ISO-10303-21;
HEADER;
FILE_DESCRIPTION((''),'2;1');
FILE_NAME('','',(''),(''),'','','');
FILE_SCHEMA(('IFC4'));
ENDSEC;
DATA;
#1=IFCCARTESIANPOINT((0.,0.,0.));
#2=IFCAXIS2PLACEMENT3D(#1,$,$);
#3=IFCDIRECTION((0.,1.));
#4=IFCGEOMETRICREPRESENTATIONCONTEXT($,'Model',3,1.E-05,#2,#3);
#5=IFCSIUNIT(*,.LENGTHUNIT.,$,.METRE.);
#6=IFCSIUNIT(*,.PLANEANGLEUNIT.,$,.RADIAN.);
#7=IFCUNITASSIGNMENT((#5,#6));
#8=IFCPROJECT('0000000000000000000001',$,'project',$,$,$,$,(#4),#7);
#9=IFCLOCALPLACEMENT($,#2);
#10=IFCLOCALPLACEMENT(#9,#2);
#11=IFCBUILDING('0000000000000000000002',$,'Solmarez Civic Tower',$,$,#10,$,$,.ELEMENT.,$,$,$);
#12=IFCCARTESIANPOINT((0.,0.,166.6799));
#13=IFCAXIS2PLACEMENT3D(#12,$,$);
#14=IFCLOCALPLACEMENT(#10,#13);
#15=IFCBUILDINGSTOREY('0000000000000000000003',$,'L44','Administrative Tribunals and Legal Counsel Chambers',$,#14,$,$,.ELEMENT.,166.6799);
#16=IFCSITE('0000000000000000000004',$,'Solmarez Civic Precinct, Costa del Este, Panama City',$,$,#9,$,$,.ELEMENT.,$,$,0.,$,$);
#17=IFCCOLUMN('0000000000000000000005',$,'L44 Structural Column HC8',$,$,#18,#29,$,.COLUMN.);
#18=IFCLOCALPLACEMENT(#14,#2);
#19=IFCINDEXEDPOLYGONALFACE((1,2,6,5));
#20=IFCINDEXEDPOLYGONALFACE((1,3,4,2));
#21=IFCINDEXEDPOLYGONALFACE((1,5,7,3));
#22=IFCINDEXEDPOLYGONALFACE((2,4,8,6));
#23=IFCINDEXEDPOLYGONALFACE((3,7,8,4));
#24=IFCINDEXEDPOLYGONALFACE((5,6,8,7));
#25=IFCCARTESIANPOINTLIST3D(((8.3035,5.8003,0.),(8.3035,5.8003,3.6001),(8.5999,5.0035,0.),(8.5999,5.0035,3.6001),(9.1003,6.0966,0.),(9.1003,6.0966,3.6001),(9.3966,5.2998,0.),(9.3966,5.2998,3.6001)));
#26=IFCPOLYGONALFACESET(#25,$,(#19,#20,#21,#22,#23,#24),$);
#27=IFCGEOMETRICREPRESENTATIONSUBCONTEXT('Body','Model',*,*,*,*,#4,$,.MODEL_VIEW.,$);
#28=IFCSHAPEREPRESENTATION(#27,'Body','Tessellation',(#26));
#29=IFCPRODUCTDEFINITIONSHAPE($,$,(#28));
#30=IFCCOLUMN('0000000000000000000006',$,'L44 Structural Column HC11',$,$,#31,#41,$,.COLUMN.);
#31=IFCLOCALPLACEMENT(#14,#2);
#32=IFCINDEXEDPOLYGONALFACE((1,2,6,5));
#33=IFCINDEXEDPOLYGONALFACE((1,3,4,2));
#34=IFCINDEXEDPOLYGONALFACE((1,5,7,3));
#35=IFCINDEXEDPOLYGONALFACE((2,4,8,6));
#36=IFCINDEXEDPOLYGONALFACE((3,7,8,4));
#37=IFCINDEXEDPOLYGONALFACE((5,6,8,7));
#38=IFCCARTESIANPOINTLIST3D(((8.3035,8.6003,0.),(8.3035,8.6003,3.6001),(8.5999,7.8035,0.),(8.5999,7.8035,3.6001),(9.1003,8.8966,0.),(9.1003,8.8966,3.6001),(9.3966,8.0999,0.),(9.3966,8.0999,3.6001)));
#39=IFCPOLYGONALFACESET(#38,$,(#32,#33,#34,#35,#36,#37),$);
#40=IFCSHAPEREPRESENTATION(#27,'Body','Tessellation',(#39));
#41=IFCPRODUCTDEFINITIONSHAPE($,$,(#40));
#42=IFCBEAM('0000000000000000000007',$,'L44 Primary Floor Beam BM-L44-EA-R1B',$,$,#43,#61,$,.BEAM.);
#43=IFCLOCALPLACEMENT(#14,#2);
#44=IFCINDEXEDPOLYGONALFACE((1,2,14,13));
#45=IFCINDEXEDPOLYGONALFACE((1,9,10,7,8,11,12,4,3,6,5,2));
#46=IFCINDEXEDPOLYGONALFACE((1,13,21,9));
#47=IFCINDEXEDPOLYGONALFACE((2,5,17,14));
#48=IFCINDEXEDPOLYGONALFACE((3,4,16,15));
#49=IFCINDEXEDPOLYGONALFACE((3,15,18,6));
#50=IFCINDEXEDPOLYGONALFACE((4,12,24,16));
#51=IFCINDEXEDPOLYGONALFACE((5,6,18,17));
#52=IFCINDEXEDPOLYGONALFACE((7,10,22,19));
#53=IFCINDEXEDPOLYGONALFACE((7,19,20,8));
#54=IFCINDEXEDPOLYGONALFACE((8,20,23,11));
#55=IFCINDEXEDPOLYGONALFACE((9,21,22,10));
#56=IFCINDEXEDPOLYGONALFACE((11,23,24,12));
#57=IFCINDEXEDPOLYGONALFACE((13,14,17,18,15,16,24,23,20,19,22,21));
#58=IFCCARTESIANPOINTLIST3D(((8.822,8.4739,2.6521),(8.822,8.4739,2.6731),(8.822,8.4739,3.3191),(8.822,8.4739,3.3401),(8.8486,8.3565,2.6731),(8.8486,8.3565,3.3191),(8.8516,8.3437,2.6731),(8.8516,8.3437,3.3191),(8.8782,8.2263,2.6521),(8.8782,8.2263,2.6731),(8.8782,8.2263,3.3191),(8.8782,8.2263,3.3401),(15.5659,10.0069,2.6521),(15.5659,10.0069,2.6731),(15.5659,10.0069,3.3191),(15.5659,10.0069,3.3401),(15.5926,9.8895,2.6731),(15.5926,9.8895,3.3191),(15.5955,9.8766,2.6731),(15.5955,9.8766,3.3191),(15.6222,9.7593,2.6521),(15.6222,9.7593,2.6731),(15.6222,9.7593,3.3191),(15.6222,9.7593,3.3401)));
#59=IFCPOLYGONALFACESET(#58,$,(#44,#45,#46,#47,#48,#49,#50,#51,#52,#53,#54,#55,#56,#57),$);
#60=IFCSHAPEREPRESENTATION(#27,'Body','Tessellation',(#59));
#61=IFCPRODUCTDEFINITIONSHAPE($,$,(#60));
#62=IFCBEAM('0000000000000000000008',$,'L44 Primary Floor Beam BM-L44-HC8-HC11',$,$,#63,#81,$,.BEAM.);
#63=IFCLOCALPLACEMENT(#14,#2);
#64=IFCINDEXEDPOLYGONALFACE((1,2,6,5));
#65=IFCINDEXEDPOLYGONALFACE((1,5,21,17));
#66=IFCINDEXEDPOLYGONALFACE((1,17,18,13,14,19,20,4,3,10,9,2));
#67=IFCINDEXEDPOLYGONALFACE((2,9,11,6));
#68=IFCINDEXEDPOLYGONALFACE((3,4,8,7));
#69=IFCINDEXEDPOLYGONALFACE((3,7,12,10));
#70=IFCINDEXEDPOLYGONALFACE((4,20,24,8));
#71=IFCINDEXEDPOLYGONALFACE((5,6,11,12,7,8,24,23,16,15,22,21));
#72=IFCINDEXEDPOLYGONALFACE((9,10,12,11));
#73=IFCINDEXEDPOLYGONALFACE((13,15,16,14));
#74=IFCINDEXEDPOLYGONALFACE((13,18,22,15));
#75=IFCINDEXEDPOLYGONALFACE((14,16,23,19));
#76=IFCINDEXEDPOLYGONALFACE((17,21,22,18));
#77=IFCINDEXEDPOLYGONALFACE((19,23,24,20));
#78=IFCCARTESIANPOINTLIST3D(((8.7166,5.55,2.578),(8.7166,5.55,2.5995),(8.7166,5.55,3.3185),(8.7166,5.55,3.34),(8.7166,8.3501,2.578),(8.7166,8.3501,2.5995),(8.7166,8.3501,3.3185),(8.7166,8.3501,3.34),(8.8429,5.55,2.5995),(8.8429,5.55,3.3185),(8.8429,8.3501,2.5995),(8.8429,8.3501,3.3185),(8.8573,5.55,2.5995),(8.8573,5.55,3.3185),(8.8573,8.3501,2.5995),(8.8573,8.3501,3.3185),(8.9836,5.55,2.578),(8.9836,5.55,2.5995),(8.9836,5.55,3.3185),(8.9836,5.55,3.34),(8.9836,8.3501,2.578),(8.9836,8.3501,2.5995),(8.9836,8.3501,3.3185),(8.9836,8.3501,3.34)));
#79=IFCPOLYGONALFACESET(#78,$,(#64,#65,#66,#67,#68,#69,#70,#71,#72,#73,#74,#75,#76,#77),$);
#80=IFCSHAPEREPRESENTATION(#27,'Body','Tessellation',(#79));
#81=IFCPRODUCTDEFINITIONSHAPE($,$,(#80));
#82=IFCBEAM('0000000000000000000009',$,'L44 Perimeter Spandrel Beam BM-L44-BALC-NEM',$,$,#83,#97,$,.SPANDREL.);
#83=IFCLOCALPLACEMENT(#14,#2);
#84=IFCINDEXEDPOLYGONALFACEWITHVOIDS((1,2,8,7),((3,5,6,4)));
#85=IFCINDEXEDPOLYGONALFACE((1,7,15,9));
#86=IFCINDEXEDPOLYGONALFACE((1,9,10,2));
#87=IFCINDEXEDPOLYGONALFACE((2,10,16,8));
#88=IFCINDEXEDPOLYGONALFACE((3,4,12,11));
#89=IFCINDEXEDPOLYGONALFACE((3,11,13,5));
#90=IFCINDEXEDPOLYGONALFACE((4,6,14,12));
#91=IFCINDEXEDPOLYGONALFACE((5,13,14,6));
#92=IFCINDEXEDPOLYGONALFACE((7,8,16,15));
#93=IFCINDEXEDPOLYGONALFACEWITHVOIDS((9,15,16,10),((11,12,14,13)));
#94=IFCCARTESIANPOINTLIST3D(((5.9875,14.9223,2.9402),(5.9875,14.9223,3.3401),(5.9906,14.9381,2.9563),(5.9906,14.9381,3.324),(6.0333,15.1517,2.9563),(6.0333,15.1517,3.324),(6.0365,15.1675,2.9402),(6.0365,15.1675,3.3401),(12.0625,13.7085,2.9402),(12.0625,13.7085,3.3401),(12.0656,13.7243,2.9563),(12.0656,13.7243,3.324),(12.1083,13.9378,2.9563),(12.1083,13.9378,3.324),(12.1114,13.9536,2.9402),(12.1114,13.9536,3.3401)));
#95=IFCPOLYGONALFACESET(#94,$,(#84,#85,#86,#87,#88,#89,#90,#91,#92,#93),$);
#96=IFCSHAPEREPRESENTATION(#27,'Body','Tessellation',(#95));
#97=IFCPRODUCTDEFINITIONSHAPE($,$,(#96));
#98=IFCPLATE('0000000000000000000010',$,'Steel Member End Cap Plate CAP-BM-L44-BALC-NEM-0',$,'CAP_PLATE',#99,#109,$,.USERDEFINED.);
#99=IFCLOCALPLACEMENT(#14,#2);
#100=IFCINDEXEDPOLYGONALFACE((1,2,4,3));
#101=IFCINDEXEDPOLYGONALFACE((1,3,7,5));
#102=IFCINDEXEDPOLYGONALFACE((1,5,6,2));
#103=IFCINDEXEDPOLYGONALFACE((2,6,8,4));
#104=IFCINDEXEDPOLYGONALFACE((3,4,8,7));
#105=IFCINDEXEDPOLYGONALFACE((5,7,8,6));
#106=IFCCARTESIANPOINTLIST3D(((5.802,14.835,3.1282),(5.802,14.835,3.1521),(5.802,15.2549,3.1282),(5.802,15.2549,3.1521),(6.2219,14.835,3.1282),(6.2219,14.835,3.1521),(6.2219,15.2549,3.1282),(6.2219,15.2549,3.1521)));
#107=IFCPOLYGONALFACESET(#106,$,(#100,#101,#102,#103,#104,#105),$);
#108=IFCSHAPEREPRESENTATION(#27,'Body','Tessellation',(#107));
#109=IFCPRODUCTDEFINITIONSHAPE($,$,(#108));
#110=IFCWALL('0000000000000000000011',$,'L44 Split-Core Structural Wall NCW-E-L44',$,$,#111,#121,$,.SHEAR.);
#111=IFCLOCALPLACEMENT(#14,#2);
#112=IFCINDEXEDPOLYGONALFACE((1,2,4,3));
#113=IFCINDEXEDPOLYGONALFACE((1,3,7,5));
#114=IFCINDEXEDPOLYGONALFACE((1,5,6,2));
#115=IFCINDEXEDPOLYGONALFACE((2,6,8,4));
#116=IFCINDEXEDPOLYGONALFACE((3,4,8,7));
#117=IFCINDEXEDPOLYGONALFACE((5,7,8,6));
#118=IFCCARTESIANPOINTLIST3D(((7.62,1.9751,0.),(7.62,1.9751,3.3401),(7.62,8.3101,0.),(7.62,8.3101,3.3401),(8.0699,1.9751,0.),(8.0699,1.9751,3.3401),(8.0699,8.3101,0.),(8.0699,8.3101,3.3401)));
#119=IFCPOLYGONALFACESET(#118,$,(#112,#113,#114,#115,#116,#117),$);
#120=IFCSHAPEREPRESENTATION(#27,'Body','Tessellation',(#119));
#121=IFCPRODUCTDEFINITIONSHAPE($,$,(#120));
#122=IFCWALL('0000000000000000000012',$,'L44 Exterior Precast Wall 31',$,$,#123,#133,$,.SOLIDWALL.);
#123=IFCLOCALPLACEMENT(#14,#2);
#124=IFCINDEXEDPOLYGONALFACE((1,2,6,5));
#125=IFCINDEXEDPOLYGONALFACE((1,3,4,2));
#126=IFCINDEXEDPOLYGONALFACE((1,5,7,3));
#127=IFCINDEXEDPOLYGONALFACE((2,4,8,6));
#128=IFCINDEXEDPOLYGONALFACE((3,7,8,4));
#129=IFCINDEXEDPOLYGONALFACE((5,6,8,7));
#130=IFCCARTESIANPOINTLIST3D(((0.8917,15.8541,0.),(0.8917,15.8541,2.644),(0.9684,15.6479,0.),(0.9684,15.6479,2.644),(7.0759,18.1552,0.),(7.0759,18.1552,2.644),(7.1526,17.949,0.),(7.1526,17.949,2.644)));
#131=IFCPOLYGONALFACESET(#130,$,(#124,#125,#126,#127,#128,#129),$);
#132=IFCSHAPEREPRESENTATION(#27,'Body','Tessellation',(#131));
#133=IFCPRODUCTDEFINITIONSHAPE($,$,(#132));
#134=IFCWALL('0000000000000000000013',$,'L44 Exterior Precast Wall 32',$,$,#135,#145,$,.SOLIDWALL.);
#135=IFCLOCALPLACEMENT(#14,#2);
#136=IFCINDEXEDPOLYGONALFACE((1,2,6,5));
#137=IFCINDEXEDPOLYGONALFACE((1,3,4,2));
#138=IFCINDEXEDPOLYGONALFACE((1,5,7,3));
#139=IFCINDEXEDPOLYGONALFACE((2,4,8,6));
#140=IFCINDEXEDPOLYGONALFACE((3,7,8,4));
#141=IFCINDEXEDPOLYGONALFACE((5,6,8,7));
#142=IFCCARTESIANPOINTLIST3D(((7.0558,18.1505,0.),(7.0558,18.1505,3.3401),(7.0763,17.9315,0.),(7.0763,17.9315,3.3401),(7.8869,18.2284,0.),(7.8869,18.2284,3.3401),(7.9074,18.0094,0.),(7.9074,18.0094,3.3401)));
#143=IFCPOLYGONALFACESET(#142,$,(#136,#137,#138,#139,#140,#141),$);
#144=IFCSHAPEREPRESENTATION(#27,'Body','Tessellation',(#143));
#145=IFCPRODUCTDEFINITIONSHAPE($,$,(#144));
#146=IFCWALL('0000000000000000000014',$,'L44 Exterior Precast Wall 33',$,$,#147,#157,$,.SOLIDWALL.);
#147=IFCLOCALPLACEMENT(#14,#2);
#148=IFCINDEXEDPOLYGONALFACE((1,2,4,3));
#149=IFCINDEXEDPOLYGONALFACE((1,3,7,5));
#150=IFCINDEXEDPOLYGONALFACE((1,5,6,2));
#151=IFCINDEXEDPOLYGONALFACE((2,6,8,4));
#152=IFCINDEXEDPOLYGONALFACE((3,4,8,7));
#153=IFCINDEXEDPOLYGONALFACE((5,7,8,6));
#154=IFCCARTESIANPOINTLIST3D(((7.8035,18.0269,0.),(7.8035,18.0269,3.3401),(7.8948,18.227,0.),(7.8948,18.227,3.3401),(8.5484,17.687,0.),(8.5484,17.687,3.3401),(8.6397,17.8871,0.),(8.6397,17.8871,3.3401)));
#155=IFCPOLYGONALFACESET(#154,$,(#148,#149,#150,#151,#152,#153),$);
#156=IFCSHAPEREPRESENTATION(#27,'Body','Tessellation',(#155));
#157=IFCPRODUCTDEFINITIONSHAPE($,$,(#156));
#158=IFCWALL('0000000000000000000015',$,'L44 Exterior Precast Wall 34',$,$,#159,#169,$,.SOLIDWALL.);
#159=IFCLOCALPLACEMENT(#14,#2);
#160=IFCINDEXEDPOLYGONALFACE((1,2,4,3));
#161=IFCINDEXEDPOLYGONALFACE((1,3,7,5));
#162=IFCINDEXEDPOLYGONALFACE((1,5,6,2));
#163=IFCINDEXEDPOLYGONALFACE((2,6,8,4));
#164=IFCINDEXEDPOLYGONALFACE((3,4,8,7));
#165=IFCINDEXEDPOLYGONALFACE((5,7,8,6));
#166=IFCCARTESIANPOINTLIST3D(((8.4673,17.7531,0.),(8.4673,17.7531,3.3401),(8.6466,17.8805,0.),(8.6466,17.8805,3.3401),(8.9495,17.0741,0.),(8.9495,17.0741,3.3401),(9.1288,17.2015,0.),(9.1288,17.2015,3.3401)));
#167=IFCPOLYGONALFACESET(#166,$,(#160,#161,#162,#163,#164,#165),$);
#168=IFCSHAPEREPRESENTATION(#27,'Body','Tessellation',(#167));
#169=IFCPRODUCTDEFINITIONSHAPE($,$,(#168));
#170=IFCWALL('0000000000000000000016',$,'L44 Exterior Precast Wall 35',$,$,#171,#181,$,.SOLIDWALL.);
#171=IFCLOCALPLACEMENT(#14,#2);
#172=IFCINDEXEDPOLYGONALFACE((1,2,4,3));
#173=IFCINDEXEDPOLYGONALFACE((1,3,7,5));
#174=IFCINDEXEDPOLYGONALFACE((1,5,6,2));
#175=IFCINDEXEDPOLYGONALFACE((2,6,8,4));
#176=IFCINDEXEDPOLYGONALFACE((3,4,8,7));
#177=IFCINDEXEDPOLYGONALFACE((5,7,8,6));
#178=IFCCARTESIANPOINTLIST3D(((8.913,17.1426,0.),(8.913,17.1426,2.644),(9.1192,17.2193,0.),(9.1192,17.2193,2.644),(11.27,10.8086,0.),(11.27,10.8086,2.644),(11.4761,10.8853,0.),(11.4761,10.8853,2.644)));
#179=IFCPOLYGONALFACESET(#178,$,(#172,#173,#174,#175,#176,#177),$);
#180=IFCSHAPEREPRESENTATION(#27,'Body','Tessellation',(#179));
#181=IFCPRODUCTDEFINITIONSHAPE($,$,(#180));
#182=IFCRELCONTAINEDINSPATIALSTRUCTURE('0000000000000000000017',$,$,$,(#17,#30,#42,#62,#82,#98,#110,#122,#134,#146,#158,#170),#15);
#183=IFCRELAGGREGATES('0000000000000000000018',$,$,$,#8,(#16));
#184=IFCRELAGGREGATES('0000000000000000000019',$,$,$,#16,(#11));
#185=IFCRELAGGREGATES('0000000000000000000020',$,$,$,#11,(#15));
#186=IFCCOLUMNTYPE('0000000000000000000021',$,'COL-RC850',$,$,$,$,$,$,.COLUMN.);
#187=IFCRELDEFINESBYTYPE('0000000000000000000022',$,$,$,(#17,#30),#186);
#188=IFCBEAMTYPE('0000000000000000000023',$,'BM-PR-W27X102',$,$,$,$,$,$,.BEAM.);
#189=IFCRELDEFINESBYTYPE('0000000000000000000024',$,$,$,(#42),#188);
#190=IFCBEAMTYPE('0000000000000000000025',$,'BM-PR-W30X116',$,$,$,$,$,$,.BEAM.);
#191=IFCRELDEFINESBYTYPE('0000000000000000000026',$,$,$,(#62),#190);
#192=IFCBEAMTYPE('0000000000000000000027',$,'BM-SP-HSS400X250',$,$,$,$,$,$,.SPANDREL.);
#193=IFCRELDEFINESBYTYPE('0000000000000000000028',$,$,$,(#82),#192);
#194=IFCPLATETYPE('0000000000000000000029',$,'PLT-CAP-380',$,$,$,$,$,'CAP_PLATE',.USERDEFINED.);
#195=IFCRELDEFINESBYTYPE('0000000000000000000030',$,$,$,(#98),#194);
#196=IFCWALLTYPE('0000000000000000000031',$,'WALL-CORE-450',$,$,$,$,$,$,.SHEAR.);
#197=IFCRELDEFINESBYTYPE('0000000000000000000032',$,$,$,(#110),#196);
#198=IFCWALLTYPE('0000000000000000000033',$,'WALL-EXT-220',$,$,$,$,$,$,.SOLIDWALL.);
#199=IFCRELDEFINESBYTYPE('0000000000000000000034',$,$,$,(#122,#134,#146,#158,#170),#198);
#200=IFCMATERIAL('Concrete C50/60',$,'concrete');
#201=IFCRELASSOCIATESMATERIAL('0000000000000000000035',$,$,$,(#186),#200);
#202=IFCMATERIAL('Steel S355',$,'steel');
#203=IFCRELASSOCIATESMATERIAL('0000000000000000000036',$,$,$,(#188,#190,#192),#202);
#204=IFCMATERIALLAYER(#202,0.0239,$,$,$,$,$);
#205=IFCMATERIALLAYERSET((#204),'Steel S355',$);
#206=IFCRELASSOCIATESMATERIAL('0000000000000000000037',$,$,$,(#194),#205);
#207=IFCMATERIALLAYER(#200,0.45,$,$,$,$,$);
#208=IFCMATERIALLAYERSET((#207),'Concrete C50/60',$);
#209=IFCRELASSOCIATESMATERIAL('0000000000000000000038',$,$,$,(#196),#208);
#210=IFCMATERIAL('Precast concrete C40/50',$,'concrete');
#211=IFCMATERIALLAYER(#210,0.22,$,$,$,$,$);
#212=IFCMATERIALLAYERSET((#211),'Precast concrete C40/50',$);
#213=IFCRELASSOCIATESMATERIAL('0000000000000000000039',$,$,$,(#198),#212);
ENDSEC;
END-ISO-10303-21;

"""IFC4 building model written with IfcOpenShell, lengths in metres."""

from ifc_helpers import new_model, si_unit, direction, frame, frame_2d, origin, origin_2d, place, context, subcontext, project, spatial, rectangle, hollow_rectangle, i_section, extrude, material, layer, layer_set, material_profile, profile_set, type_object, element, save


model = new_model("IFC4")

# Units and contexts
model_context = context("Model", 3, precision=1e-05, world=origin(), true_north=direction((0.0, 1.0)))
body_context = subcontext(model_context, "Body", "Model", "MODEL_VIEW")
ifc_project = project(units=[si_unit("LENGTHUNIT", "METRE"), si_unit("PLANEANGLEUNIT", "RADIAN")], contexts=[model_context])

# Site, building, storey
site_placement = place(None, origin())
site = spatial("IfcSite", under=ifc_project, at=site_placement, Name="Solmarez Civic Precinct, Costa del Este, Panama City", CompositionType="ELEMENT", RefElevation=0.0)
building_placement = place(site_placement, origin())
building = spatial("IfcBuilding", under=site, at=building_placement, Name="Solmarez Civic Tower", CompositionType="ELEMENT")
storey_placement = place(building_placement, frame((0.0, 0.0, 166.6799)))
storey = spatial("IfcBuildingStorey", under=building, at=storey_placement, Name="L44", Description="Administrative Tribunals and Legal Counsel Chambers", CompositionType="ELEMENT", Elevation=166.6799)

# Columns
ifc_material_1 = material(Name="Concrete C50/60", Category="concrete")
ifc_material_profile_1 = material_profile(ifc_material_1, rectangle(XDim=0.8501, YDim=0.8501, at=origin_2d()), Name="RC850X850")
ifc_profile_set_1 = profile_set([ifc_material_profile_1], Name="Concrete C50/60")
column_type = type_object("IfcColumnType", Name="COL-RC850", PredefinedType="COLUMN", material=ifc_profile_set_1)
for number, where, z_axis, x_axis, name in (
    (1, (8.8501, 5.55, 0.0), (0.0, 0.0, 1.0), (0.937282, 0.348572, 0.0), "L44 Structural Column HC8"),
    (2, (8.8501, 8.3501, 0.0), (0.0, 0.0, 1.0), (0.937282, 0.348572, 0.0), "L44 Structural Column HC11"),
):
    element("IfcColumn", number, at=place(storey_placement, frame(where, z_axis=z_axis, x_axis=x_axis)), inside=storey, type_object=column_type, Name=name, PredefinedType="COLUMN", context=body_context, shape_type="SweptSolid", body=[
        extrude(rectangle(XDim=0.8501, YDim=0.8501, at=origin_2d()), origin(), (0.0, 0.0, 1.0), 3.6001),
    ])

# Beams
ifc_material_2 = material(Name="Steel S355", Category="steel")
ifc_material_profile_2 = material_profile(ifc_material_2, i_section(OverallWidth=0.2539, OverallDepth=0.688, WebThickness=0.0132, FlangeThickness=0.021, at=origin_2d()), Name="W27X102")
ifc_profile_set_2 = profile_set([ifc_material_profile_2], Name="Steel S355")
beam_type_1 = type_object("IfcBeamType", Name="BM-PR-W27X102", PredefinedType="BEAM", material=ifc_profile_set_2)
beam_1_placement = place(storey_placement, frame((8.8501, 8.3501, 2.9961), z_axis=(0.975125, 0.221656, 0.0), x_axis=(-0.221656, 0.975125, 0.0)))
element("IfcBeam", 3, at=beam_1_placement, inside=storey, type_object=beam_type_1, Name="L44 Primary Floor Beam BM-L44-EA-R1B", PredefinedType="BEAM", context=body_context, shape_type="SweptSolid", body=[
    extrude(i_section(OverallWidth=0.2539, OverallDepth=0.688, WebThickness=0.0132, FlangeThickness=0.021, at=origin_2d()), origin(), (0.0, 0.0, 1.0), 6.916),
])
ifc_material_profile_3 = material_profile(ifc_material_2, i_section(OverallWidth=0.2671, OverallDepth=0.762, WebThickness=0.0144, FlangeThickness=0.0215, at=origin_2d()), Name="W30X116")
ifc_profile_set_3 = profile_set([ifc_material_profile_3], Name="Steel S355")
beam_type_2 = type_object("IfcBeamType", Name="BM-PR-W30X116", PredefinedType="BEAM", material=ifc_profile_set_3)
beam_2_placement = place(storey_placement, frame((8.8501, 5.55, 2.959), z_axis=(0.0, 1.0, 0.0), x_axis=(-1.0, 0.0, 0.0)))
element("IfcBeam", 4, at=beam_2_placement, inside=storey, type_object=beam_type_2, Name="L44 Primary Floor Beam BM-L44-HC8-HC11", PredefinedType="BEAM", context=body_context, shape_type="SweptSolid", body=[
    extrude(i_section(OverallWidth=0.2671, OverallDepth=0.762, WebThickness=0.0144, FlangeThickness=0.0215, at=origin_2d()), origin(), (0.0, 0.0, 1.0), 2.8),
])
ifc_material_profile_4 = material_profile(ifc_material_2, hollow_rectangle(XDim=0.25, YDim=0.3999, WallThickness=0.0161, at=origin_2d()), Name="HSS400X250X16")
ifc_profile_set_4 = profile_set([ifc_material_profile_4], Name="Steel S355")
beam_type_3 = type_object("IfcBeamType", Name="BM-SP-HSS400X250", PredefinedType="SPANDREL", material=ifc_profile_set_4)
beam_3_placement = place(storey_placement, frame((6.012, 15.0449, 3.1401), z_axis=(0.980616, -0.195942, 0.0), x_axis=(0.195942, 0.980616, 0.0)))
element("IfcBeam", 5, at=beam_3_placement, inside=storey, type_object=beam_type_3, Name="L44 Perimeter Spandrel Beam BM-L44-BALC-NEM", PredefinedType="SPANDREL", context=body_context, shape_type="SweptSolid", body=[
    extrude(hollow_rectangle(XDim=0.25, YDim=0.3999, WallThickness=0.0161, at=origin_2d()), origin(), (0.0, 0.0, 1.0), 6.1951),
])

# Plate
ifc_layer_1 = layer(ifc_material_2, 0.0239)
ifc_layer_set_1 = layer_set([ifc_layer_1], Name="Steel S355")
plate_type = type_object("IfcPlateType", Name="PLT-CAP-380", ElementType="CAP_PLATE", PredefinedType="USERDEFINED", material=ifc_layer_set_1)
plate_placement = place(storey_placement, frame((6.012, 15.0449, 3.1282), z_axis=(0.0, 0.0, 1.0), x_axis=(1.0, 0.0, 0.0)))
element("IfcPlate", 6, at=plate_placement, inside=storey, type_object=plate_type, Name="Steel Member End Cap Plate CAP-BM-L44-BALC-NEM-0", ObjectType="CAP_PLATE", PredefinedType="USERDEFINED", context=body_context, shape_type="SweptSolid", body=[
    extrude(rectangle(XDim=0.4199, YDim=0.4199, at=origin_2d()), origin(), (0.0, 0.0, 1.0), 0.0239),
])

# Walls
ifc_layer_2 = layer(ifc_material_1, 0.45)
ifc_layer_set_2 = layer_set([ifc_layer_2], Name="Concrete C50/60")
wall_type_1 = type_object("IfcWallType", Name="WALL-CORE-450", PredefinedType="SHEAR", material=ifc_layer_set_2)
wall_1_placement = place(storey_placement, frame((7.845, 8.3101, 0.0), z_axis=(0.0, 0.0, 1.0), x_axis=(0.0, -1.0, 0.0)))
element("IfcWall", 7, at=wall_1_placement, inside=storey, type_object=wall_type_1, Name="L44 Split-Core Structural Wall NCW-E-L44", PredefinedType="SHEAR", context=body_context, shape_type="SweptSolid", body=[
    extrude(rectangle(XDim=6.335, YDim=0.45, at=frame_2d((3.1675, 0.0))), origin(), (0.0, 0.0, 1.0), 3.3401),
])
ifc_material_3 = material(Name="Precast concrete C40/50", Category="concrete")
ifc_layer_3 = layer(ifc_material_3, 0.22)
ifc_layer_set_3 = layer_set([ifc_layer_3], Name="Precast concrete C40/50")
wall_type_2 = type_object("IfcWallType", Name="WALL-EXT-220", PredefinedType="SOLIDWALL", material=ifc_layer_set_3)
wall_2_placement = place(storey_placement, frame((0.9299, 15.751, 0.0), z_axis=(0.0, 0.0, 1.0), x_axis=(0.937223, 0.34873, 0.0)))
element("IfcWall", 8, at=wall_2_placement, inside=storey, type_object=wall_type_2, Name="L44 Exterior Precast Wall 31", PredefinedType="SOLIDWALL", context=body_context, shape_type="SweptSolid", body=[
    extrude(rectangle(XDim=6.5984, YDim=0.22, at=frame_2d((3.2993, 0.0))), origin(), (0.0, 0.0, 1.0), 2.644),
])
wall_3_placement = place(storey_placement, frame((7.0659, 18.041, 0.0), z_axis=(0.0, 0.0, 1.0), x_axis=(0.995638, 0.093304, 0.0)))
element("IfcWall", 9, at=wall_3_placement, inside=storey, type_object=wall_type_2, Name="L44 Exterior Precast Wall 32", PredefinedType="SOLIDWALL", context=body_context, shape_type="SweptSolid", body=[
    extrude(rectangle(XDim=0.8347, YDim=0.22, at=frame_2d((0.4175, 0.0))), origin(), (0.0, 0.0, 1.0), 3.3401),
])
wall_4_placement = place(storey_placement, frame((7.8491, 18.127, 0.0), z_axis=(0.0, 0.0, 1.0), x_axis=(0.909783, -0.415083, 0.0)))
element("IfcWall", 10, at=wall_4_placement, inside=storey, type_object=wall_type_2, Name="L44 Exterior Precast Wall 33", PredefinedType="SOLIDWALL", context=body_context, shape_type="SweptSolid", body=[
    extrude(rectangle(XDim=0.8188, YDim=0.22, at=frame_2d((0.4094, 0.0))), origin(), (0.0, 0.0, 1.0), 3.3401),
])
wall_5_placement = place(storey_placement, frame((8.5569, 17.8169, 0.0), z_axis=(0.0, 0.0, 1.0), x_axis=(0.579017, -0.815315, 0.0)))
element("IfcWall", 11, at=wall_5_placement, inside=storey, type_object=wall_type_2, Name="L44 Exterior Precast Wall 34", PredefinedType="SOLIDWALL", context=body_context, shape_type="SweptSolid", body=[
    extrude(rectangle(XDim=0.8328, YDim=0.22, at=frame_2d((0.4165, 0.0))), origin(), (0.0, 0.0, 1.0), 3.3401),
])
wall_6_placement = place(storey_placement, frame((9.0161, 17.1809, 0.0), z_axis=(0.0, 0.0, 1.0), x_axis=(0.348747, -0.937217, 0.0)))
element("IfcWall", 12, at=wall_6_placement, inside=storey, type_object=wall_type_2, Name="L44 Exterior Precast Wall 35", PredefinedType="SOLIDWALL", context=body_context, shape_type="SweptSolid", body=[
    extrude(rectangle(XDim=6.7583, YDim=0.22, at=frame_2d((3.3792, 0.0))), origin(), (0.0, 0.0, 1.0), 2.644),
])

save(model, "model.ifc")
